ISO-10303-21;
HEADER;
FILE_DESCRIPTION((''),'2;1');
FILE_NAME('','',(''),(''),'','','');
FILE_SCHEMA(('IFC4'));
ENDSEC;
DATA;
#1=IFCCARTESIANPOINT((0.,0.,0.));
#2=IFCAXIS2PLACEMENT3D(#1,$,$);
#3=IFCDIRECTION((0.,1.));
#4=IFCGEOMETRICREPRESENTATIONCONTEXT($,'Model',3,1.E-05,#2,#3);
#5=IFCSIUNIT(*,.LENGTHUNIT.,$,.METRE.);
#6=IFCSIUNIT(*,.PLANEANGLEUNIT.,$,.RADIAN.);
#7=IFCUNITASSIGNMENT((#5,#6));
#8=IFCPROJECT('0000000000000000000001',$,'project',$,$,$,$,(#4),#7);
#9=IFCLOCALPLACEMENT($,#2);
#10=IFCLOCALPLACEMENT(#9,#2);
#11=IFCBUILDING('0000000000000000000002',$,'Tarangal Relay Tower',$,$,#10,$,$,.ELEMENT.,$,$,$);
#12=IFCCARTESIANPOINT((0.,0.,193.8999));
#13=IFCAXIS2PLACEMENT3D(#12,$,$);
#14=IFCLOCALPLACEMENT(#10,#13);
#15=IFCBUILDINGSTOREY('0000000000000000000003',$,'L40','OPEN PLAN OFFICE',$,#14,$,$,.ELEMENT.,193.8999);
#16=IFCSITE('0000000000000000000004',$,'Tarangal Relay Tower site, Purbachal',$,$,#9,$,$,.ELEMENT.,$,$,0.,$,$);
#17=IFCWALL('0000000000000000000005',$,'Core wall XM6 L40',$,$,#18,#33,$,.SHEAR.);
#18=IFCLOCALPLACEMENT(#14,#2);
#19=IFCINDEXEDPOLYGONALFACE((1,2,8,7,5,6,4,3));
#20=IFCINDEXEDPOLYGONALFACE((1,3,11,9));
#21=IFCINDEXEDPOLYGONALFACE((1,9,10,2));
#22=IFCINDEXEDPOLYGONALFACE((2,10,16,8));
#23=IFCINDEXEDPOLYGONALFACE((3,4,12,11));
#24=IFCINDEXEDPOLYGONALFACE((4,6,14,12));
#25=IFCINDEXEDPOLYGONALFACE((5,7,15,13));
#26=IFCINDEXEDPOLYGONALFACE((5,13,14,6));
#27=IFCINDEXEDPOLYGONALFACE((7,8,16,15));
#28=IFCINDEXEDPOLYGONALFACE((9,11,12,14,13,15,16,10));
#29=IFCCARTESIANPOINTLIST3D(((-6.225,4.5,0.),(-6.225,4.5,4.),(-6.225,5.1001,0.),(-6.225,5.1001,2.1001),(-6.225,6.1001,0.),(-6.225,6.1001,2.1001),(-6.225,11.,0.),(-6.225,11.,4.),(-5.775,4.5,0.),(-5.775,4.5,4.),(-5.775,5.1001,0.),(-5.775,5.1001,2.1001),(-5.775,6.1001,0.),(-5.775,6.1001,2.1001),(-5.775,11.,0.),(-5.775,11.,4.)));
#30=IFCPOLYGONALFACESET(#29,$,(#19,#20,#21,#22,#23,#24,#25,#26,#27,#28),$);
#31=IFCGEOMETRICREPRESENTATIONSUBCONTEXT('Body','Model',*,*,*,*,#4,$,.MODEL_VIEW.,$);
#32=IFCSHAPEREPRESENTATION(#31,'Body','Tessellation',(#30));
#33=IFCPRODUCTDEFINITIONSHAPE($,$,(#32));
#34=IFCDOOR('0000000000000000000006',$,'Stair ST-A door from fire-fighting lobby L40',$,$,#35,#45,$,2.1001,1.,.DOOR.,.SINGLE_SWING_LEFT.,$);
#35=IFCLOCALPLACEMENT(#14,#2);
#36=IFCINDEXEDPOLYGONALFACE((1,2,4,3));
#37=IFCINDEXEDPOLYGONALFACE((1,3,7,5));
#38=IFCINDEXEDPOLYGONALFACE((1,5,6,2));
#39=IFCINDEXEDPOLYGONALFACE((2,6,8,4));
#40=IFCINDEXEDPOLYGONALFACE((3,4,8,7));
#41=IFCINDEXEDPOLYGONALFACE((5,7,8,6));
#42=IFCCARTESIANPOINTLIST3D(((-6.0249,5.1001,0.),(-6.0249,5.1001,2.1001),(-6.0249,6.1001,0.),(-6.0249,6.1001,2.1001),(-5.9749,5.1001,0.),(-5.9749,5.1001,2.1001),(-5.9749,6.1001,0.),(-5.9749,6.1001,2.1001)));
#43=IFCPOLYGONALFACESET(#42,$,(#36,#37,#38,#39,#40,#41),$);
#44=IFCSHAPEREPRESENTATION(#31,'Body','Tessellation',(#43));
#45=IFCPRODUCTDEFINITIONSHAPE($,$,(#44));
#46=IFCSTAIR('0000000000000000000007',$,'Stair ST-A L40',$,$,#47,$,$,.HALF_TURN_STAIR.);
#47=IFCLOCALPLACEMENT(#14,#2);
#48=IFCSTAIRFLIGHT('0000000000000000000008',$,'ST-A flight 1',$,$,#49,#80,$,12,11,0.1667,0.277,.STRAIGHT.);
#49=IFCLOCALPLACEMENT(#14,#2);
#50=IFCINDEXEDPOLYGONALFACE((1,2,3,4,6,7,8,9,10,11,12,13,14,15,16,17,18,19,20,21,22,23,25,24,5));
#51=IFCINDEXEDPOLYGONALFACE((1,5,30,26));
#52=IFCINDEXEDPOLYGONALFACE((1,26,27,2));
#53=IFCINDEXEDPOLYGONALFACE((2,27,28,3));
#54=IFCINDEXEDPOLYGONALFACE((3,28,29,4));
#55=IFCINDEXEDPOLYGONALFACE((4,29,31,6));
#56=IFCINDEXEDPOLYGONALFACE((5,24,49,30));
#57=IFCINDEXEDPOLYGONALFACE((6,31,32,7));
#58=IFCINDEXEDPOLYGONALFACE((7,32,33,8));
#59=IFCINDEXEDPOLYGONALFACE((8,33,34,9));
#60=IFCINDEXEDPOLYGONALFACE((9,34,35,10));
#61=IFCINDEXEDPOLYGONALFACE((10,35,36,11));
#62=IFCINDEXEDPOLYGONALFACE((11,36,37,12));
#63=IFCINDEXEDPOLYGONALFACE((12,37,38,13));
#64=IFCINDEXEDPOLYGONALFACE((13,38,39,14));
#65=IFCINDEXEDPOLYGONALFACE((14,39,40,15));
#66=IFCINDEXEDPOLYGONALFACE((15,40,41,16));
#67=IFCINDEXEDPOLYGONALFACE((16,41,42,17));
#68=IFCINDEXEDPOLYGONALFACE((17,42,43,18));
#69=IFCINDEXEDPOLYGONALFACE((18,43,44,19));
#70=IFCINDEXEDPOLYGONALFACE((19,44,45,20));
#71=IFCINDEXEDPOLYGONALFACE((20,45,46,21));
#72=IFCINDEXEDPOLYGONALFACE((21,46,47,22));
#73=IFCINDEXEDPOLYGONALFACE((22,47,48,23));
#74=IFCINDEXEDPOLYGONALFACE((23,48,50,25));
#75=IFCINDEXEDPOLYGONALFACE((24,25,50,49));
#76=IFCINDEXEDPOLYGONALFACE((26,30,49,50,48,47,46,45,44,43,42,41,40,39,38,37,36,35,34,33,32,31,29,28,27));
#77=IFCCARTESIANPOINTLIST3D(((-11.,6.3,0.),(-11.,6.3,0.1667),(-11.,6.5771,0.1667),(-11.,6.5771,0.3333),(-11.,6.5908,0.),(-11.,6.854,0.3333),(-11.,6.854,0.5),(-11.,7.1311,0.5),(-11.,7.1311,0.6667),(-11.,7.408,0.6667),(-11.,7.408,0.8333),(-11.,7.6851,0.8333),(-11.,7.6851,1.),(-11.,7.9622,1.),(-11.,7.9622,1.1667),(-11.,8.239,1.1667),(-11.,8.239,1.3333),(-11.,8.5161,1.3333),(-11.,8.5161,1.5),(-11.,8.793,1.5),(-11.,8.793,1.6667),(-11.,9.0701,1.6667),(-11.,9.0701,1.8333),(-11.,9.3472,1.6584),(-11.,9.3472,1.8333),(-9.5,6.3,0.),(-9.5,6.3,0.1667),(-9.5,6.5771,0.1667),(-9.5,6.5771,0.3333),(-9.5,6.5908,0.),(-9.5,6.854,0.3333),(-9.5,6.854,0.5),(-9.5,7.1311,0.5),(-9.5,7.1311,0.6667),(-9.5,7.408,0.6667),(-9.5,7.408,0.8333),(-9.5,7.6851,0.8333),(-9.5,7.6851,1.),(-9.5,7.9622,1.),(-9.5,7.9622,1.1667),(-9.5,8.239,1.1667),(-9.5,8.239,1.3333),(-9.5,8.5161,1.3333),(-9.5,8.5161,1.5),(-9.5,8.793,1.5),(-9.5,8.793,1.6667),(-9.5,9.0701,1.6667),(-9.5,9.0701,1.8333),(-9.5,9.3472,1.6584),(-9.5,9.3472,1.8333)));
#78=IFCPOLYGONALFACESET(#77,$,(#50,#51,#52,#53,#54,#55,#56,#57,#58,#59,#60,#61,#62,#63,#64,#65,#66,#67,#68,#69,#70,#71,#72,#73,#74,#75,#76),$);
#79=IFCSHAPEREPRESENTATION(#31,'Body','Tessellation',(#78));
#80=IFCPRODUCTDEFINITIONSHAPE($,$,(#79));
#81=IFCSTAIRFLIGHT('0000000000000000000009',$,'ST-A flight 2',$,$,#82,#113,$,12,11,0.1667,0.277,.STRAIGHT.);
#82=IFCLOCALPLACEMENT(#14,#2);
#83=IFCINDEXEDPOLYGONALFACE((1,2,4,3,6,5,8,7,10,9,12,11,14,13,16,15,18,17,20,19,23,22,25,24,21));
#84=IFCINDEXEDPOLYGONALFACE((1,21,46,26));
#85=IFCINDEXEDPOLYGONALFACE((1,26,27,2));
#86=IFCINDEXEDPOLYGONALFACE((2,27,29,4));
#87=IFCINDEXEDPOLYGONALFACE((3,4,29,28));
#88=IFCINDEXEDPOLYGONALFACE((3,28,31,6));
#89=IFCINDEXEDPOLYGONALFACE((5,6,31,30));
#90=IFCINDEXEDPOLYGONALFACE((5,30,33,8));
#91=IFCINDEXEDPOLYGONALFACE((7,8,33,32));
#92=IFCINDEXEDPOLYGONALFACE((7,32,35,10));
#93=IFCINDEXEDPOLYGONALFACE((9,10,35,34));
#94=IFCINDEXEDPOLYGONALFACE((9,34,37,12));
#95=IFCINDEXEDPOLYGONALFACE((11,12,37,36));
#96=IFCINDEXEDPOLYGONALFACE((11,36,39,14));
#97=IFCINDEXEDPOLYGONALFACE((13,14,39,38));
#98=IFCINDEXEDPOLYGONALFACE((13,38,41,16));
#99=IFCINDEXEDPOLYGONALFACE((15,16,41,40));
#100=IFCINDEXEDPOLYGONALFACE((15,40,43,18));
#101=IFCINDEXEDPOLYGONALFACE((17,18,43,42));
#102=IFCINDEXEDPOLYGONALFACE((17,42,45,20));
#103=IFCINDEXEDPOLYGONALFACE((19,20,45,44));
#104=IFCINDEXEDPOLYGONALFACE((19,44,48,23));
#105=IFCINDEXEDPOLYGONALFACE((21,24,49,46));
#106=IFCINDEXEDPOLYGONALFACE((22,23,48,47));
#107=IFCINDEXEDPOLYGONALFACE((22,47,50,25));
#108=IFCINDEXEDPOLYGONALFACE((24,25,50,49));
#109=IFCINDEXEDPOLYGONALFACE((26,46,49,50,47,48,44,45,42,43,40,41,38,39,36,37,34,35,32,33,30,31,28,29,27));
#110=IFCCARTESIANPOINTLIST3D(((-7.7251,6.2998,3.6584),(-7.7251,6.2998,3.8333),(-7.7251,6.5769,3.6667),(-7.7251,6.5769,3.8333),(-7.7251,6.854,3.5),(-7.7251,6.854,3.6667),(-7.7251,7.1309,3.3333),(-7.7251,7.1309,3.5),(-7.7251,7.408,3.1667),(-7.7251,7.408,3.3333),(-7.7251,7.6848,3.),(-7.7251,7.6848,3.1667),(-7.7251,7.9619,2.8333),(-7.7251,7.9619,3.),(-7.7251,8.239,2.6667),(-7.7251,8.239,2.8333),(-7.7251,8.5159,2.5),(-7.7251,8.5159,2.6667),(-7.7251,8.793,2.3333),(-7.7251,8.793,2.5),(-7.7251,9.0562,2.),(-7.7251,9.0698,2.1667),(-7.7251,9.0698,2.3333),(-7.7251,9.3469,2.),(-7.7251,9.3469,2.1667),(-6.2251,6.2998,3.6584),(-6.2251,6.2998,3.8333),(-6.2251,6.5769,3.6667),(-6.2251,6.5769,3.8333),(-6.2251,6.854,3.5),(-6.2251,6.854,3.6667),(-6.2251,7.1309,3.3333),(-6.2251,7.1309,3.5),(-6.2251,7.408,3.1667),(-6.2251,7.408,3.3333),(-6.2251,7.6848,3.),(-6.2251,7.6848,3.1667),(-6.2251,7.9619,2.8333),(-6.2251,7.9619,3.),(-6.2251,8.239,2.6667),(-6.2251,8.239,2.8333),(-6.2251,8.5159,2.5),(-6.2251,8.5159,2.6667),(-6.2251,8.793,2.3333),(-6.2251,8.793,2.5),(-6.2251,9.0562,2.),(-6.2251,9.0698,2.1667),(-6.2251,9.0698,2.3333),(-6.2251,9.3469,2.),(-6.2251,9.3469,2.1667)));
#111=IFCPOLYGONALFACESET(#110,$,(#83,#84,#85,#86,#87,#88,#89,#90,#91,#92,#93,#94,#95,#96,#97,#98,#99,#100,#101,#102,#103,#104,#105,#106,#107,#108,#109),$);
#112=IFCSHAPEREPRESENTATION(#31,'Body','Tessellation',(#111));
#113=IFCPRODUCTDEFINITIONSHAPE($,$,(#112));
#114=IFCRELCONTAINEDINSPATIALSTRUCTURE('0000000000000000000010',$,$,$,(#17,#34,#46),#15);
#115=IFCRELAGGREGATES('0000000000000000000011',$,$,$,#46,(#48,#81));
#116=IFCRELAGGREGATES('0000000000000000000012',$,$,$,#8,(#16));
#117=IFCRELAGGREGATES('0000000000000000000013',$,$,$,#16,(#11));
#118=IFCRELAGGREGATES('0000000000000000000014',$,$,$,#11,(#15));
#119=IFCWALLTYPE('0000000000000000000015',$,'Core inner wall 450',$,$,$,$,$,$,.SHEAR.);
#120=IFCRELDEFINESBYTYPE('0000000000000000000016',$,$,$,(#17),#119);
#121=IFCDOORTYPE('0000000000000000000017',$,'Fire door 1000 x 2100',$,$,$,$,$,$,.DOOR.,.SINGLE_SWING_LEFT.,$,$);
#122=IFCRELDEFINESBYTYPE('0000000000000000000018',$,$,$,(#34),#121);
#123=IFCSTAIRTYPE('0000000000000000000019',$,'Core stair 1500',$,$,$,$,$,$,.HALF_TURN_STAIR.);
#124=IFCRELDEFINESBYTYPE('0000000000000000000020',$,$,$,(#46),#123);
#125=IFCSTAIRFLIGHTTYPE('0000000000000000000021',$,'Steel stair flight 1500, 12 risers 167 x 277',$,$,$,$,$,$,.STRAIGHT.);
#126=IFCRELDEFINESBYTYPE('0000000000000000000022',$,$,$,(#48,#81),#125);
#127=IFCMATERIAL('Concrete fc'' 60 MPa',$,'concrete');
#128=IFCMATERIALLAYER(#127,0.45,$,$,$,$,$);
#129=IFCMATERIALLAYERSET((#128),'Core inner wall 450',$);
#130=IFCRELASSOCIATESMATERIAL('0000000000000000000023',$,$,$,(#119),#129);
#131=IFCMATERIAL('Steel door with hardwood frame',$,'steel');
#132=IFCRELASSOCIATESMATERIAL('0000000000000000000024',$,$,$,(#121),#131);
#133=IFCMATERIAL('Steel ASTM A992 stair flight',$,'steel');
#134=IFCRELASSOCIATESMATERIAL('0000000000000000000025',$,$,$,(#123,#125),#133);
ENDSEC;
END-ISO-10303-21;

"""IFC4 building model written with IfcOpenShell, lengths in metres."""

from ifc_helpers import new_model, si_unit, direction, frame, frame_2d, origin, place, context, subcontext, project, spatial, polyline, rectangle, outline, extrude, material, layer, layer_set, type_object, element, fill, aggregate, save


model = new_model("IFC4")

# Units and contexts
model_context = context("Model", 3, precision=1e-05, world=origin(), true_north=direction((0.0, 1.0)))
body_context = subcontext(model_context, "Body", "Model", "MODEL_VIEW")
ifc_project = project(units=[si_unit("LENGTHUNIT", "METRE"), si_unit("PLANEANGLEUNIT", "RADIAN")], contexts=[model_context])

# Site, building, storey
site_placement = place(None, origin())
site = spatial("IfcSite", under=ifc_project, at=site_placement, Name="Tarangal Relay Tower site, Purbachal", CompositionType="ELEMENT", RefElevation=0.0)
building_placement = place(site_placement, origin())
building = spatial("IfcBuilding", under=site, at=building_placement, Name="Tarangal Relay Tower", CompositionType="ELEMENT")
storey_placement = place(building_placement, frame((0.0, 0.0, 193.8999)))
storey = spatial("IfcBuildingStorey", under=building, at=storey_placement, Name="L40", Description="OPEN PLAN OFFICE", CompositionType="ELEMENT", Elevation=193.8999)

# Shared definitions
ifc_material_1 = material(Name="Concrete fc' 60 MPa", Category="concrete")
ifc_layer = layer(ifc_material_1, 0.45)
ifc_layer_set = layer_set([ifc_layer], Name="Core inner wall 450")
wall_type = type_object("IfcWallType", Name="Core inner wall 450", PredefinedType="SHEAR", material=ifc_layer_set)
ifc_material_2 = material(Name="Steel door with hardwood frame", Category="steel")
door_type_1 = type_object("IfcDoorType", Name="Fire door 1000 x 2100", OperationType="SINGLE_SWING_LEFT", PredefinedType="DOOR", material=ifc_material_2)

# Wall, opening, door
wall_1_placement = place(storey_placement, frame((-6.0, 4.5, 0.0), z_axis=(0.0, 0.0, 1.0), x_axis=(0.0, 1.0, 0.0)))
wall_1 = element("IfcWall", 1, at=wall_1_placement, inside=storey, type_object=wall_type, Name="Core wall XM6 L40", PredefinedType="SHEAR", context=body_context, shape_type="SweptSolid", body=[
    extrude(rectangle(XDim=6.5, YDim=0.45, at=frame_2d((3.25, 0.0))), origin(), (0.0, 0.0, 1.0), 4.0),
])
opening_1_placement = place(wall_1_placement, frame((0.6001, 0.0, 0.0)))
opening_1 = element("IfcOpeningElement", 2, at=opening_1_placement, cuts=wall_1, PredefinedType="OPENING", context=body_context, shape_type="SweptSolid", body=[
    extrude(rectangle(XDim=1.0, YDim=2.1001, at=frame_2d((0.5, 1.05))), frame((0.0, 0.2349, 0.0), z_axis=(0.0, -1.0, 0.0), x_axis=(1.0, 0.0, 0.0)), (0.0, 0.0, 1.0), 0.47),
])
door_1_placement = place(opening_1_placement, origin())
door_1 = element("IfcDoor", 3, at=door_1_placement, inside=storey, type_object=door_type_1, Name="Stair ST-A door from fire-fighting lobby L40", OperationType="SINGLE_SWING_LEFT", OverallHeight=2.1001, OverallWidth=1.0, PredefinedType="DOOR", context=body_context, shape_type="SweptSolid", body=[
    extrude(rectangle(XDim=1.0, YDim=2.1001, at=frame_2d((0.5, 1.05))), frame((0.0, 0.0249, 0.0), z_axis=(0.0, -1.0, 0.0), x_axis=(1.0, 0.0, 0.0)), (0.0, 0.0, 1.0), 0.05),
])
fill(opening_1, door_1)

# Stair, stair flights
ifc_material_3 = material(Name="Steel ASTM A992 stair flight", Category="steel")
stair_type = type_object("IfcStairType", Name="Core stair 1500", PredefinedType="HALF_TURN_STAIR", material=ifc_material_3)
stair_placement = place(storey_placement, origin())
stair = element("IfcStair", 4, at=stair_placement, inside=storey, type_object=stair_type, Name="Stair ST-A L40", PredefinedType="HALF_TURN_STAIR")
stair_flight_type = type_object("IfcStairFlightType", Name="Steel stair flight 1500, 12 risers 167 x 277", PredefinedType="STRAIGHT", material=ifc_material_3)
stair_flight_1_placement = place(storey_placement, frame((-10.25, 6.3, 0.0), z_axis=(0.0, 0.0, 1.0), x_axis=(0.0, 1.0, 0.0)))
stair_flight_1 = element("IfcStairFlight", 5, at=stair_flight_1_placement, type_object=stair_flight_type, Name="ST-A flight 1", NumberOfRisers=12, NumberOfTreads=11, PredefinedType="STRAIGHT", RiserHeight=0.1667, TreadLength=0.277, context=body_context, shape_type="SweptSolid", body=[
    extrude(outline(polyline([(0.0, 0.0), (0.0, 0.1667), (0.2771, 0.1667), (0.2771, 0.3333), (0.554, 0.3333), (0.554, 0.5), (0.8311, 0.5), (0.8311, 0.6667), (1.1079, 0.6667), (1.1079, 0.8333), (1.385, 0.8333), (1.385, 1.0), (1.6621, 1.0), (1.6621, 1.1667), (1.939, 1.1667), (1.939, 1.3333), (2.2161, 1.3333), (2.2161, 1.5), (2.4929, 1.5), (2.4929, 1.6667), (2.77, 1.6667), (2.77, 1.8333), (3.0471, 1.8333), (3.0471, 2.0), (3.0471, 1.6584), (0.2908, 0.0), (0.0, 0.0)])), frame((0.0, 0.75, 0.0), z_axis=(0.0, -1.0, 0.0), x_axis=(1.0, 0.0, 0.0)), (0.0, 0.0, 1.0), 1.5),
])
stair_flight_2_placement = place(storey_placement, frame((-6.9751, 9.3469, 2.0), z_axis=(0.0, 0.0, 1.0), x_axis=(0.0, -1.0, 0.0)))
stair_flight_2 = element("IfcStairFlight", 6, at=stair_flight_2_placement, type_object=stair_flight_type, Name="ST-A flight 2", NumberOfRisers=12, NumberOfTreads=11, PredefinedType="STRAIGHT", RiserHeight=0.1667, TreadLength=0.277, context=body_context, shape_type="SweptSolid", body=[
    extrude(outline(polyline([(0.0, 0.0), (0.0, 0.1667), (0.2771, 0.1667), (0.2771, 0.3333), (0.554, 0.3333), (0.554, 0.5), (0.8311, 0.5), (0.8311, 0.6667), (1.1079, 0.6667), (1.1079, 0.8333), (1.385, 0.8333), (1.385, 1.0), (1.6621, 1.0), (1.6621, 1.1667), (1.939, 1.1667), (1.939, 1.3333), (2.2161, 1.3333), (2.2161, 1.5), (2.4929, 1.5), (2.4929, 1.6667), (2.77, 1.6667), (2.77, 1.8333), (3.0471, 1.8333), (3.0471, 2.0), (3.0471, 1.6584), (0.2908, 0.0), (0.0, 0.0)])), frame((0.0, 0.75, 0.0), z_axis=(0.0, -1.0, 0.0), x_axis=(1.0, 0.0, 0.0)), (0.0, 0.0, 1.0), 1.5),
])
aggregate(stair, [stair_flight_1, stair_flight_2])

save(model, "model.ifc")
